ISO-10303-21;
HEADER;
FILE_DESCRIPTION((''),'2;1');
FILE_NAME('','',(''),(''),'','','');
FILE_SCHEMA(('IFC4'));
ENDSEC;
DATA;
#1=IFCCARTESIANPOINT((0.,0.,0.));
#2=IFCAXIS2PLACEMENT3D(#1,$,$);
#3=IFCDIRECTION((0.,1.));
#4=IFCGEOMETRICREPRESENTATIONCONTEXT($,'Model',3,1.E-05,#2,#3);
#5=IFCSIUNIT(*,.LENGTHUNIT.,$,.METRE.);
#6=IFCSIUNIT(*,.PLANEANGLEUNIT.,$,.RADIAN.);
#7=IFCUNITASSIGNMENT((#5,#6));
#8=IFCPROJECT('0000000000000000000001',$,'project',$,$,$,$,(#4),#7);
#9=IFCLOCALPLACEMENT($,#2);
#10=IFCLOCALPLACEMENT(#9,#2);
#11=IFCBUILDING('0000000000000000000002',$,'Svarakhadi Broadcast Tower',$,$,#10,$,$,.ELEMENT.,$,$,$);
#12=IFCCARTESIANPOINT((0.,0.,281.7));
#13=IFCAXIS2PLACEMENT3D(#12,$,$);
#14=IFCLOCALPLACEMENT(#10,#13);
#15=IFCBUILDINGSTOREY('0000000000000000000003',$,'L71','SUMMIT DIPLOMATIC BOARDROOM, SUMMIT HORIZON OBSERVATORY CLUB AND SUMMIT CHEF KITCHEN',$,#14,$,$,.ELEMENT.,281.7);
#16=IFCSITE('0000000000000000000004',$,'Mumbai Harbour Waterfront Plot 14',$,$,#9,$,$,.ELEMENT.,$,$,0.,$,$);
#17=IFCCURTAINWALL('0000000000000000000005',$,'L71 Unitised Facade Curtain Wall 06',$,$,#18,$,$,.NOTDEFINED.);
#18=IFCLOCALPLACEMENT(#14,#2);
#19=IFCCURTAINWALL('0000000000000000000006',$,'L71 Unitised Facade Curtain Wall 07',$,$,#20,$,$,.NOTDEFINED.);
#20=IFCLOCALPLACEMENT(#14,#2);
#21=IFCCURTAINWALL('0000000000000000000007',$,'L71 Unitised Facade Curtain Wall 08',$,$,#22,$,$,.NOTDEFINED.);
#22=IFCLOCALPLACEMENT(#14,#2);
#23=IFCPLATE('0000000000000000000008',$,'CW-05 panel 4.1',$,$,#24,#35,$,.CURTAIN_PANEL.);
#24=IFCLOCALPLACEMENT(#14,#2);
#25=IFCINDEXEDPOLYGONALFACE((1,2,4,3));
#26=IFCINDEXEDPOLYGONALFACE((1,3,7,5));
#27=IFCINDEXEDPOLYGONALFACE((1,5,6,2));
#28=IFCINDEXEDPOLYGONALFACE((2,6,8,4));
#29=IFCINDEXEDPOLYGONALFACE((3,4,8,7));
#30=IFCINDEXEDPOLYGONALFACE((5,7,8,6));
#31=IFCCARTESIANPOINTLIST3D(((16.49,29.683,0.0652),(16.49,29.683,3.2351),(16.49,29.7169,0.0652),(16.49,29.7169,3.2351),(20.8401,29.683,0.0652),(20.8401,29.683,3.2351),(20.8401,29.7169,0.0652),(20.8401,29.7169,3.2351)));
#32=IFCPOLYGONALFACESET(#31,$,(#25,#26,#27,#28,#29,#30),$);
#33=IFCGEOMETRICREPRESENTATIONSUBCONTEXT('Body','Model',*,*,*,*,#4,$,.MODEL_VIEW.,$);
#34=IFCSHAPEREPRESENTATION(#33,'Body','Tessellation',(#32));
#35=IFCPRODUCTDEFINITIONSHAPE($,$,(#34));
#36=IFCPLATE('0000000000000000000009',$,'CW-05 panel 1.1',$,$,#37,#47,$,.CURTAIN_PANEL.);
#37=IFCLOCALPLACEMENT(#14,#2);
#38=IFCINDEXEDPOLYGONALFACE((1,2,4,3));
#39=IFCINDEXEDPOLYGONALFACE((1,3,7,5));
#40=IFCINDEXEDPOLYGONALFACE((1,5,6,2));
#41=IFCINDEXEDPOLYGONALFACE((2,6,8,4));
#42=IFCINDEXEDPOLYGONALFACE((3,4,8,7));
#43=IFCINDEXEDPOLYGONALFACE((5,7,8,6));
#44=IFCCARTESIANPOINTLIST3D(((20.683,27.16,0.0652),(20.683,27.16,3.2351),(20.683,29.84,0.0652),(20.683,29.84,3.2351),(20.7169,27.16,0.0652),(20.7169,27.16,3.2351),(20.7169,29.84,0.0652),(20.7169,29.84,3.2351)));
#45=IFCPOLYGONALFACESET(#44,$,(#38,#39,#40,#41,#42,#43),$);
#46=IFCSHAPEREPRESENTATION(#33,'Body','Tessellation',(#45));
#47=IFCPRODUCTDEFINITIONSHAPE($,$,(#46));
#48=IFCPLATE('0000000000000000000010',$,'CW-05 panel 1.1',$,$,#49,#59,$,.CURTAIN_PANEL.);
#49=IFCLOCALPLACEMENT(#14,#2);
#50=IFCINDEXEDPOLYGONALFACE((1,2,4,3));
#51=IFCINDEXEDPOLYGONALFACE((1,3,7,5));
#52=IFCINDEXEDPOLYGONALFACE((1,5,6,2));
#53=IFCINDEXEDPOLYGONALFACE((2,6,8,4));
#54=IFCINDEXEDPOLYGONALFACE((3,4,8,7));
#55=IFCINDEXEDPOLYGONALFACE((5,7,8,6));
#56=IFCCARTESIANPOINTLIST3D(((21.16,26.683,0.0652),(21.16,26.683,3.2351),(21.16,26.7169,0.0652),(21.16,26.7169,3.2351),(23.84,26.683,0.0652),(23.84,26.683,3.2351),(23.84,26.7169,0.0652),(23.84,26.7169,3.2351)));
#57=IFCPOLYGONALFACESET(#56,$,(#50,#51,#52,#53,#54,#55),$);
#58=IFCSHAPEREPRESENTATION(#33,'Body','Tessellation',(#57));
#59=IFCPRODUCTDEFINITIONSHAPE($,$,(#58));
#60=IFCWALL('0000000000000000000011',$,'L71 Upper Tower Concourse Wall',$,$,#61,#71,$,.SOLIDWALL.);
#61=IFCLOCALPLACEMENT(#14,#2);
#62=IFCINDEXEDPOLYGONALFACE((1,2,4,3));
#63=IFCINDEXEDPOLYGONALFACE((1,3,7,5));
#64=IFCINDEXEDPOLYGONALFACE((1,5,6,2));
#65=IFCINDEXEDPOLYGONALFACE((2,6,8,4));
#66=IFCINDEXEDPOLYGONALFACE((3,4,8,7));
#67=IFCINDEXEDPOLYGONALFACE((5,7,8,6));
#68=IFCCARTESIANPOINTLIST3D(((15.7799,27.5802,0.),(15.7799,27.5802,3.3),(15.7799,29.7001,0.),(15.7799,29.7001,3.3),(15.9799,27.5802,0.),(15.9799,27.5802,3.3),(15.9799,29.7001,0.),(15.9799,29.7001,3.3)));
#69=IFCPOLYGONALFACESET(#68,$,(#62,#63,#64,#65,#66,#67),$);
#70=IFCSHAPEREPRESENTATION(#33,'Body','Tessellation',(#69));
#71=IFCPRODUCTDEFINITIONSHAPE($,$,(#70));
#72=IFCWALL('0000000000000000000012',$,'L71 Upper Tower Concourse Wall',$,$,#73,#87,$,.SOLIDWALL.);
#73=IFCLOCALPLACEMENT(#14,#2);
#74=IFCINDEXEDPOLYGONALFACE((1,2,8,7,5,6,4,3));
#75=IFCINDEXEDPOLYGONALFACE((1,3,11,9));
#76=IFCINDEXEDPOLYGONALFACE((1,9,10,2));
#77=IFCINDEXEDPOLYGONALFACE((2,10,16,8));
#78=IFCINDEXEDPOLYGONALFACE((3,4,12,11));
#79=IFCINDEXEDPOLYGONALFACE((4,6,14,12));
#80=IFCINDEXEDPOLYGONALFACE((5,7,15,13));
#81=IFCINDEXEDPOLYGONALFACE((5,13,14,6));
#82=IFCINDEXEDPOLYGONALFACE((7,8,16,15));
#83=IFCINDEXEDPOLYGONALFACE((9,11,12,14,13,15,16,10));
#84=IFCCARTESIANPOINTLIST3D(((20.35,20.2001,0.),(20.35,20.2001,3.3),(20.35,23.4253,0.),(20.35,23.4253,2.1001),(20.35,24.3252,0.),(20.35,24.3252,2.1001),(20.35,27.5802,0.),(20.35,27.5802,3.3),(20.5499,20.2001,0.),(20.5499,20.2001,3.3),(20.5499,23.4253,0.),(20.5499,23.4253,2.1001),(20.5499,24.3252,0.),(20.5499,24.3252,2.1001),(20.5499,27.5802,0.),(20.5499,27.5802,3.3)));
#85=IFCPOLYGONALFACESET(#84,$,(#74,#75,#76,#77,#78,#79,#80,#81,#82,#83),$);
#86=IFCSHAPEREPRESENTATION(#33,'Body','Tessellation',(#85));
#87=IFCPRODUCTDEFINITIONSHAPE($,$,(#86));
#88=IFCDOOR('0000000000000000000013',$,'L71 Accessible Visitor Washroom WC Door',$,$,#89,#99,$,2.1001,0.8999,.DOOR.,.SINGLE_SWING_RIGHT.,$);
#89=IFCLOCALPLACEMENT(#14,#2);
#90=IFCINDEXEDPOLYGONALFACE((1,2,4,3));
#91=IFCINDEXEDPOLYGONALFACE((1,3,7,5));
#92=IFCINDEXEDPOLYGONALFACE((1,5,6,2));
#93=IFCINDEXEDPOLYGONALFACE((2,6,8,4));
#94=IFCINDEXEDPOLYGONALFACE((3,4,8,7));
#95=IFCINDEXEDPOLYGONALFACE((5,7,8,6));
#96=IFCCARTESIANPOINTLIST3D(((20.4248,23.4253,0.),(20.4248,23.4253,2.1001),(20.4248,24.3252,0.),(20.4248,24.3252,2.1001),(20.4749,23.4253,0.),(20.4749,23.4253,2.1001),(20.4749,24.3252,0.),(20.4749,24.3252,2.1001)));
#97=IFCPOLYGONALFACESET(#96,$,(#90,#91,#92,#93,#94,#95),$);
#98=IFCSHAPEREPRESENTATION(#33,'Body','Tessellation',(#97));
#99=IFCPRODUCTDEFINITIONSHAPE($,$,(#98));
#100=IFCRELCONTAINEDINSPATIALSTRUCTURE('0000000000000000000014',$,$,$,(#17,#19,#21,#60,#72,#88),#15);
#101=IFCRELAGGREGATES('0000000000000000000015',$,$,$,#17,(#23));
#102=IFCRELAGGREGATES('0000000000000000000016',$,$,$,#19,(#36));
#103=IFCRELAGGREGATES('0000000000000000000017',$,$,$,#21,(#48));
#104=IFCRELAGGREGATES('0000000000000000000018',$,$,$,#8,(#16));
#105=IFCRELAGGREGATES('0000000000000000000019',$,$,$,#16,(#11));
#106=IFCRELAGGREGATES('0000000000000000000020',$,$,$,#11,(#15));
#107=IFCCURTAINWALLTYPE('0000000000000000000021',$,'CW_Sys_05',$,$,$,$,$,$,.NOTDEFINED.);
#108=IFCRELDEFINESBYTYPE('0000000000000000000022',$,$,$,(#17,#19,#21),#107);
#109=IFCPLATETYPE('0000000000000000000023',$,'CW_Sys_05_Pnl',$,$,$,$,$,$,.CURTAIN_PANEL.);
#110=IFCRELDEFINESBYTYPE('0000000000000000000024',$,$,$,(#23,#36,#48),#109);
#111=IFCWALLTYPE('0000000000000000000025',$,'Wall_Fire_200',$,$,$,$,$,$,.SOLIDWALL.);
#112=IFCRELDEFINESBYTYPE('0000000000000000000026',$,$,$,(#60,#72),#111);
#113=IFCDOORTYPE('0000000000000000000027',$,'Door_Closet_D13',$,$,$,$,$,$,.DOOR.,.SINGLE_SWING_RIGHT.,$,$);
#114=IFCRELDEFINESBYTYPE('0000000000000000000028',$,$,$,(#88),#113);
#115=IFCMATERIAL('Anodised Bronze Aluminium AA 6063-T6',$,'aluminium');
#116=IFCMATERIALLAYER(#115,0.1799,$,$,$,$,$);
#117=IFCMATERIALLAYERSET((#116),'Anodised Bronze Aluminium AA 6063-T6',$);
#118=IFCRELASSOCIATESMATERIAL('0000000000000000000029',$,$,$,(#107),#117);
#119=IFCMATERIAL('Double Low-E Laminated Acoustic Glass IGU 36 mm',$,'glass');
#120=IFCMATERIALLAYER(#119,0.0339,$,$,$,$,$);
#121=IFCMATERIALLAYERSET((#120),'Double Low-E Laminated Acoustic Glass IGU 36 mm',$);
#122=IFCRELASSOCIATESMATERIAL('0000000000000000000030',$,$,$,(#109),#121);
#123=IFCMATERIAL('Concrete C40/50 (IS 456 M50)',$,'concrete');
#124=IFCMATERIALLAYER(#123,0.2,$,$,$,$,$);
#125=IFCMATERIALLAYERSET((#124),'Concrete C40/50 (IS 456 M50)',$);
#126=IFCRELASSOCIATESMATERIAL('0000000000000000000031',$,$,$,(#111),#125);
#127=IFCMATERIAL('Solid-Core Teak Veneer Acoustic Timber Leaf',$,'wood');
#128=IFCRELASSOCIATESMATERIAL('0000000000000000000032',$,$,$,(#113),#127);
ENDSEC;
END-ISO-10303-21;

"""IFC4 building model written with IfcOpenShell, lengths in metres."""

from ifc_helpers import new_model, si_unit, direction, frame, frame_2d, origin, origin_2d, place, context, subcontext, project, spatial, rectangle, extrude, material, layer, layer_set, type_object, element, fill, aggregate, save


model = new_model("IFC4")

# Units and contexts
model_context = context("Model", 3, precision=1e-05, world=origin(), true_north=direction((0.0, 1.0)))
body_context = subcontext(model_context, "Body", "Model", "MODEL_VIEW")
ifc_project = project(units=[si_unit("LENGTHUNIT", "METRE"), si_unit("PLANEANGLEUNIT", "RADIAN")], contexts=[model_context])

# Site, building, storey
site_placement = place(None, origin())
site = spatial("IfcSite", under=ifc_project, at=site_placement, Name="Mumbai Harbour Waterfront Plot 14", CompositionType="ELEMENT", RefElevation=0.0)
building_placement = place(site_placement, origin())
building = spatial("IfcBuilding", under=site, at=building_placement, Name="Svarakhadi Broadcast Tower", CompositionType="ELEMENT")
storey_placement = place(building_placement, frame((0.0, 0.0, 281.7)))
storey = spatial("IfcBuildingStorey", under=building, at=storey_placement, Name="L71", Description="SUMMIT DIPLOMATIC BOARDROOM, SUMMIT HORIZON OBSERVATORY CLUB AND SUMMIT CHEF KITCHEN", CompositionType="ELEMENT", Elevation=281.7)

# Curtain walls
ifc_material_1 = material(Name="Anodised Bronze Aluminium AA 6063-T6", Category="aluminium")
ifc_layer_1 = layer(ifc_material_1, 0.1799)
ifc_layer_set_1 = layer_set([ifc_layer_1], Name="Anodised Bronze Aluminium AA 6063-T6")
curtain_wall_type = type_object("IfcCurtainWallType", Name="CW_Sys_05", PredefinedType="NOTDEFINED", material=ifc_layer_set_1)
curtain_wall_1_placement = place(storey_placement, origin())
curtain_wall_1 = element("IfcCurtainWall", 1, at=curtain_wall_1_placement, inside=storey, type_object=curtain_wall_type, Name="L71 Unitised Facade Curtain Wall 06", PredefinedType="NOTDEFINED")
curtain_wall_2_placement = place(storey_placement, origin())
curtain_wall_2 = element("IfcCurtainWall", 2, at=curtain_wall_2_placement, inside=storey, type_object=curtain_wall_type, Name="L71 Unitised Facade Curtain Wall 07", PredefinedType="NOTDEFINED")

# Curtain wall
curtain_wall_3_placement = place(storey_placement, origin())
curtain_wall_3 = element("IfcCurtainWall", 3, at=curtain_wall_3_placement, inside=storey, type_object=curtain_wall_type, Name="L71 Unitised Facade Curtain Wall 08", PredefinedType="NOTDEFINED")

# Plates
ifc_material_2 = material(Name="Double Low-E Laminated Acoustic Glass IGU 36 mm", Category="glass")
ifc_layer_2 = layer(ifc_material_2, 0.0339)
ifc_layer_set_2 = layer_set([ifc_layer_2], Name="Double Low-E Laminated Acoustic Glass IGU 36 mm")
plate_type = type_object("IfcPlateType", Name="CW_Sys_05_Pnl", PredefinedType="CURTAIN_PANEL", material=ifc_layer_set_2)
plate_1_placement = place(storey_placement, frame((18.665, 29.7, 0.0652), z_axis=(0.0, 0.0, 1.0), x_axis=(1.0, 0.0, 0.0)))
plate_1 = element("IfcPlate", 4, at=plate_1_placement, type_object=plate_type, Name="CW-05 panel 4.1", PredefinedType="CURTAIN_PANEL", context=body_context, shape_type="SweptSolid", body=[
    extrude(rectangle(XDim=4.3501, YDim=0.0339, at=origin_2d()), origin(), (0.0, 0.0, 1.0), 3.1699),
])
aggregate(curtain_wall_1, [plate_1])
plate_2_placement = place(storey_placement, frame((20.7, 28.5, 0.0652), z_axis=(0.0, 0.0, 1.0), x_axis=(0.0, -1.0, 0.0)))
plate_2 = element("IfcPlate", 5, at=plate_2_placement, type_object=plate_type, Name="CW-05 panel 1.1", PredefinedType="CURTAIN_PANEL", context=body_context, shape_type="SweptSolid", body=[
    extrude(rectangle(XDim=2.6799, YDim=0.0339, at=origin_2d()), origin(), (0.0, 0.0, 1.0), 3.1699),
])
aggregate(curtain_wall_2, [plate_2])
plate_3_placement = place(storey_placement, frame((22.5, 26.7, 0.0652), z_axis=(0.0, 0.0, 1.0), x_axis=(1.0, 0.0, 0.0)))
plate_3 = element("IfcPlate", 6, at=plate_3_placement, type_object=plate_type, Name="CW-05 panel 1.1", PredefinedType="CURTAIN_PANEL", context=body_context, shape_type="SweptSolid", body=[
    extrude(rectangle(XDim=2.6799, YDim=0.0339, at=origin_2d()), origin(), (0.0, 0.0, 1.0), 3.1699),
])
aggregate(curtain_wall_3, [plate_3])

# Wall
ifc_material_3 = material(Name="Concrete C40/50 (IS 456 M50)", Category="concrete")
ifc_layer_3 = layer(ifc_material_3, 0.2)
ifc_layer_set_3 = layer_set([ifc_layer_3], Name="Concrete C40/50 (IS 456 M50)")
wall_type = type_object("IfcWallType", Name="Wall_Fire_200", PredefinedType="SOLIDWALL", material=ifc_layer_set_3)
wall_1_placement = place(storey_placement, frame((15.8799, 27.5801, 0.0), z_axis=(0.0, 0.0, 1.0), x_axis=(0.0, 1.0, 0.0)))
element("IfcWall", 7, at=wall_1_placement, inside=storey, type_object=wall_type, Name="L71 Upper Tower Concourse Wall", PredefinedType="SOLIDWALL", context=body_context, shape_type="SweptSolid", body=[
    extrude(rectangle(XDim=2.1199, YDim=0.2, at=frame_2d((1.0601, 0.0))), origin(), (0.0, 0.0, 1.0), 3.3),
])

# Wall, opening, door
wall_2_placement = place(storey_placement, frame((20.45, 27.5801, 0.0), z_axis=(0.0, 0.0, 1.0), x_axis=(0.0, -1.0, 0.0)))
wall_2 = element("IfcWall", 8, at=wall_2_placement, inside=storey, type_object=wall_type, Name="L71 Upper Tower Concourse Wall", PredefinedType="SOLIDWALL", context=body_context, shape_type="SweptSolid", body=[
    extrude(rectangle(XDim=7.3801, YDim=0.2, at=frame_2d((3.6899, 0.0))), origin(), (0.0, 0.0, 1.0), 3.3),
])
opening_placement = place(wall_2_placement, frame((3.2549, 0.0, 0.0)))
opening = element("IfcOpeningElement", 9, at=opening_placement, cuts=wall_2, PredefinedType="OPENING", context=body_context, shape_type="SweptSolid", body=[
    extrude(rectangle(XDim=0.8999, YDim=2.1001, at=frame_2d((0.45, 1.05))), frame((0.0, 0.1099, 0.0), z_axis=(0.0, -1.0, 0.0), x_axis=(1.0, 0.0, 0.0)), (0.0, 0.0, 1.0), 0.22),
])
ifc_material_4 = material(Name="Solid-Core Teak Veneer Acoustic Timber Leaf", Category="wood")
door_type = type_object("IfcDoorType", Name="Door_Closet_D13", OperationType="SINGLE_SWING_RIGHT", PredefinedType="DOOR", material=ifc_material_4)
door_placement = place(opening_placement, origin())
door = element("IfcDoor", 10, at=door_placement, inside=storey, type_object=door_type, Name="L71 Accessible Visitor Washroom WC Door", OperationType="SINGLE_SWING_RIGHT", OverallHeight=2.1001, OverallWidth=0.8999, PredefinedType="DOOR", context=body_context, shape_type="SweptSolid", body=[
    extrude(rectangle(XDim=0.8999, YDim=2.1001, at=frame_2d((0.45, 1.05))), frame((0.0, 0.0249, 0.0), z_axis=(0.0, -1.0, 0.0), x_axis=(1.0, 0.0, 0.0)), (0.0, 0.0, 1.0), 0.05),
])
fill(opening, door)

save(model, "model.ifc")
